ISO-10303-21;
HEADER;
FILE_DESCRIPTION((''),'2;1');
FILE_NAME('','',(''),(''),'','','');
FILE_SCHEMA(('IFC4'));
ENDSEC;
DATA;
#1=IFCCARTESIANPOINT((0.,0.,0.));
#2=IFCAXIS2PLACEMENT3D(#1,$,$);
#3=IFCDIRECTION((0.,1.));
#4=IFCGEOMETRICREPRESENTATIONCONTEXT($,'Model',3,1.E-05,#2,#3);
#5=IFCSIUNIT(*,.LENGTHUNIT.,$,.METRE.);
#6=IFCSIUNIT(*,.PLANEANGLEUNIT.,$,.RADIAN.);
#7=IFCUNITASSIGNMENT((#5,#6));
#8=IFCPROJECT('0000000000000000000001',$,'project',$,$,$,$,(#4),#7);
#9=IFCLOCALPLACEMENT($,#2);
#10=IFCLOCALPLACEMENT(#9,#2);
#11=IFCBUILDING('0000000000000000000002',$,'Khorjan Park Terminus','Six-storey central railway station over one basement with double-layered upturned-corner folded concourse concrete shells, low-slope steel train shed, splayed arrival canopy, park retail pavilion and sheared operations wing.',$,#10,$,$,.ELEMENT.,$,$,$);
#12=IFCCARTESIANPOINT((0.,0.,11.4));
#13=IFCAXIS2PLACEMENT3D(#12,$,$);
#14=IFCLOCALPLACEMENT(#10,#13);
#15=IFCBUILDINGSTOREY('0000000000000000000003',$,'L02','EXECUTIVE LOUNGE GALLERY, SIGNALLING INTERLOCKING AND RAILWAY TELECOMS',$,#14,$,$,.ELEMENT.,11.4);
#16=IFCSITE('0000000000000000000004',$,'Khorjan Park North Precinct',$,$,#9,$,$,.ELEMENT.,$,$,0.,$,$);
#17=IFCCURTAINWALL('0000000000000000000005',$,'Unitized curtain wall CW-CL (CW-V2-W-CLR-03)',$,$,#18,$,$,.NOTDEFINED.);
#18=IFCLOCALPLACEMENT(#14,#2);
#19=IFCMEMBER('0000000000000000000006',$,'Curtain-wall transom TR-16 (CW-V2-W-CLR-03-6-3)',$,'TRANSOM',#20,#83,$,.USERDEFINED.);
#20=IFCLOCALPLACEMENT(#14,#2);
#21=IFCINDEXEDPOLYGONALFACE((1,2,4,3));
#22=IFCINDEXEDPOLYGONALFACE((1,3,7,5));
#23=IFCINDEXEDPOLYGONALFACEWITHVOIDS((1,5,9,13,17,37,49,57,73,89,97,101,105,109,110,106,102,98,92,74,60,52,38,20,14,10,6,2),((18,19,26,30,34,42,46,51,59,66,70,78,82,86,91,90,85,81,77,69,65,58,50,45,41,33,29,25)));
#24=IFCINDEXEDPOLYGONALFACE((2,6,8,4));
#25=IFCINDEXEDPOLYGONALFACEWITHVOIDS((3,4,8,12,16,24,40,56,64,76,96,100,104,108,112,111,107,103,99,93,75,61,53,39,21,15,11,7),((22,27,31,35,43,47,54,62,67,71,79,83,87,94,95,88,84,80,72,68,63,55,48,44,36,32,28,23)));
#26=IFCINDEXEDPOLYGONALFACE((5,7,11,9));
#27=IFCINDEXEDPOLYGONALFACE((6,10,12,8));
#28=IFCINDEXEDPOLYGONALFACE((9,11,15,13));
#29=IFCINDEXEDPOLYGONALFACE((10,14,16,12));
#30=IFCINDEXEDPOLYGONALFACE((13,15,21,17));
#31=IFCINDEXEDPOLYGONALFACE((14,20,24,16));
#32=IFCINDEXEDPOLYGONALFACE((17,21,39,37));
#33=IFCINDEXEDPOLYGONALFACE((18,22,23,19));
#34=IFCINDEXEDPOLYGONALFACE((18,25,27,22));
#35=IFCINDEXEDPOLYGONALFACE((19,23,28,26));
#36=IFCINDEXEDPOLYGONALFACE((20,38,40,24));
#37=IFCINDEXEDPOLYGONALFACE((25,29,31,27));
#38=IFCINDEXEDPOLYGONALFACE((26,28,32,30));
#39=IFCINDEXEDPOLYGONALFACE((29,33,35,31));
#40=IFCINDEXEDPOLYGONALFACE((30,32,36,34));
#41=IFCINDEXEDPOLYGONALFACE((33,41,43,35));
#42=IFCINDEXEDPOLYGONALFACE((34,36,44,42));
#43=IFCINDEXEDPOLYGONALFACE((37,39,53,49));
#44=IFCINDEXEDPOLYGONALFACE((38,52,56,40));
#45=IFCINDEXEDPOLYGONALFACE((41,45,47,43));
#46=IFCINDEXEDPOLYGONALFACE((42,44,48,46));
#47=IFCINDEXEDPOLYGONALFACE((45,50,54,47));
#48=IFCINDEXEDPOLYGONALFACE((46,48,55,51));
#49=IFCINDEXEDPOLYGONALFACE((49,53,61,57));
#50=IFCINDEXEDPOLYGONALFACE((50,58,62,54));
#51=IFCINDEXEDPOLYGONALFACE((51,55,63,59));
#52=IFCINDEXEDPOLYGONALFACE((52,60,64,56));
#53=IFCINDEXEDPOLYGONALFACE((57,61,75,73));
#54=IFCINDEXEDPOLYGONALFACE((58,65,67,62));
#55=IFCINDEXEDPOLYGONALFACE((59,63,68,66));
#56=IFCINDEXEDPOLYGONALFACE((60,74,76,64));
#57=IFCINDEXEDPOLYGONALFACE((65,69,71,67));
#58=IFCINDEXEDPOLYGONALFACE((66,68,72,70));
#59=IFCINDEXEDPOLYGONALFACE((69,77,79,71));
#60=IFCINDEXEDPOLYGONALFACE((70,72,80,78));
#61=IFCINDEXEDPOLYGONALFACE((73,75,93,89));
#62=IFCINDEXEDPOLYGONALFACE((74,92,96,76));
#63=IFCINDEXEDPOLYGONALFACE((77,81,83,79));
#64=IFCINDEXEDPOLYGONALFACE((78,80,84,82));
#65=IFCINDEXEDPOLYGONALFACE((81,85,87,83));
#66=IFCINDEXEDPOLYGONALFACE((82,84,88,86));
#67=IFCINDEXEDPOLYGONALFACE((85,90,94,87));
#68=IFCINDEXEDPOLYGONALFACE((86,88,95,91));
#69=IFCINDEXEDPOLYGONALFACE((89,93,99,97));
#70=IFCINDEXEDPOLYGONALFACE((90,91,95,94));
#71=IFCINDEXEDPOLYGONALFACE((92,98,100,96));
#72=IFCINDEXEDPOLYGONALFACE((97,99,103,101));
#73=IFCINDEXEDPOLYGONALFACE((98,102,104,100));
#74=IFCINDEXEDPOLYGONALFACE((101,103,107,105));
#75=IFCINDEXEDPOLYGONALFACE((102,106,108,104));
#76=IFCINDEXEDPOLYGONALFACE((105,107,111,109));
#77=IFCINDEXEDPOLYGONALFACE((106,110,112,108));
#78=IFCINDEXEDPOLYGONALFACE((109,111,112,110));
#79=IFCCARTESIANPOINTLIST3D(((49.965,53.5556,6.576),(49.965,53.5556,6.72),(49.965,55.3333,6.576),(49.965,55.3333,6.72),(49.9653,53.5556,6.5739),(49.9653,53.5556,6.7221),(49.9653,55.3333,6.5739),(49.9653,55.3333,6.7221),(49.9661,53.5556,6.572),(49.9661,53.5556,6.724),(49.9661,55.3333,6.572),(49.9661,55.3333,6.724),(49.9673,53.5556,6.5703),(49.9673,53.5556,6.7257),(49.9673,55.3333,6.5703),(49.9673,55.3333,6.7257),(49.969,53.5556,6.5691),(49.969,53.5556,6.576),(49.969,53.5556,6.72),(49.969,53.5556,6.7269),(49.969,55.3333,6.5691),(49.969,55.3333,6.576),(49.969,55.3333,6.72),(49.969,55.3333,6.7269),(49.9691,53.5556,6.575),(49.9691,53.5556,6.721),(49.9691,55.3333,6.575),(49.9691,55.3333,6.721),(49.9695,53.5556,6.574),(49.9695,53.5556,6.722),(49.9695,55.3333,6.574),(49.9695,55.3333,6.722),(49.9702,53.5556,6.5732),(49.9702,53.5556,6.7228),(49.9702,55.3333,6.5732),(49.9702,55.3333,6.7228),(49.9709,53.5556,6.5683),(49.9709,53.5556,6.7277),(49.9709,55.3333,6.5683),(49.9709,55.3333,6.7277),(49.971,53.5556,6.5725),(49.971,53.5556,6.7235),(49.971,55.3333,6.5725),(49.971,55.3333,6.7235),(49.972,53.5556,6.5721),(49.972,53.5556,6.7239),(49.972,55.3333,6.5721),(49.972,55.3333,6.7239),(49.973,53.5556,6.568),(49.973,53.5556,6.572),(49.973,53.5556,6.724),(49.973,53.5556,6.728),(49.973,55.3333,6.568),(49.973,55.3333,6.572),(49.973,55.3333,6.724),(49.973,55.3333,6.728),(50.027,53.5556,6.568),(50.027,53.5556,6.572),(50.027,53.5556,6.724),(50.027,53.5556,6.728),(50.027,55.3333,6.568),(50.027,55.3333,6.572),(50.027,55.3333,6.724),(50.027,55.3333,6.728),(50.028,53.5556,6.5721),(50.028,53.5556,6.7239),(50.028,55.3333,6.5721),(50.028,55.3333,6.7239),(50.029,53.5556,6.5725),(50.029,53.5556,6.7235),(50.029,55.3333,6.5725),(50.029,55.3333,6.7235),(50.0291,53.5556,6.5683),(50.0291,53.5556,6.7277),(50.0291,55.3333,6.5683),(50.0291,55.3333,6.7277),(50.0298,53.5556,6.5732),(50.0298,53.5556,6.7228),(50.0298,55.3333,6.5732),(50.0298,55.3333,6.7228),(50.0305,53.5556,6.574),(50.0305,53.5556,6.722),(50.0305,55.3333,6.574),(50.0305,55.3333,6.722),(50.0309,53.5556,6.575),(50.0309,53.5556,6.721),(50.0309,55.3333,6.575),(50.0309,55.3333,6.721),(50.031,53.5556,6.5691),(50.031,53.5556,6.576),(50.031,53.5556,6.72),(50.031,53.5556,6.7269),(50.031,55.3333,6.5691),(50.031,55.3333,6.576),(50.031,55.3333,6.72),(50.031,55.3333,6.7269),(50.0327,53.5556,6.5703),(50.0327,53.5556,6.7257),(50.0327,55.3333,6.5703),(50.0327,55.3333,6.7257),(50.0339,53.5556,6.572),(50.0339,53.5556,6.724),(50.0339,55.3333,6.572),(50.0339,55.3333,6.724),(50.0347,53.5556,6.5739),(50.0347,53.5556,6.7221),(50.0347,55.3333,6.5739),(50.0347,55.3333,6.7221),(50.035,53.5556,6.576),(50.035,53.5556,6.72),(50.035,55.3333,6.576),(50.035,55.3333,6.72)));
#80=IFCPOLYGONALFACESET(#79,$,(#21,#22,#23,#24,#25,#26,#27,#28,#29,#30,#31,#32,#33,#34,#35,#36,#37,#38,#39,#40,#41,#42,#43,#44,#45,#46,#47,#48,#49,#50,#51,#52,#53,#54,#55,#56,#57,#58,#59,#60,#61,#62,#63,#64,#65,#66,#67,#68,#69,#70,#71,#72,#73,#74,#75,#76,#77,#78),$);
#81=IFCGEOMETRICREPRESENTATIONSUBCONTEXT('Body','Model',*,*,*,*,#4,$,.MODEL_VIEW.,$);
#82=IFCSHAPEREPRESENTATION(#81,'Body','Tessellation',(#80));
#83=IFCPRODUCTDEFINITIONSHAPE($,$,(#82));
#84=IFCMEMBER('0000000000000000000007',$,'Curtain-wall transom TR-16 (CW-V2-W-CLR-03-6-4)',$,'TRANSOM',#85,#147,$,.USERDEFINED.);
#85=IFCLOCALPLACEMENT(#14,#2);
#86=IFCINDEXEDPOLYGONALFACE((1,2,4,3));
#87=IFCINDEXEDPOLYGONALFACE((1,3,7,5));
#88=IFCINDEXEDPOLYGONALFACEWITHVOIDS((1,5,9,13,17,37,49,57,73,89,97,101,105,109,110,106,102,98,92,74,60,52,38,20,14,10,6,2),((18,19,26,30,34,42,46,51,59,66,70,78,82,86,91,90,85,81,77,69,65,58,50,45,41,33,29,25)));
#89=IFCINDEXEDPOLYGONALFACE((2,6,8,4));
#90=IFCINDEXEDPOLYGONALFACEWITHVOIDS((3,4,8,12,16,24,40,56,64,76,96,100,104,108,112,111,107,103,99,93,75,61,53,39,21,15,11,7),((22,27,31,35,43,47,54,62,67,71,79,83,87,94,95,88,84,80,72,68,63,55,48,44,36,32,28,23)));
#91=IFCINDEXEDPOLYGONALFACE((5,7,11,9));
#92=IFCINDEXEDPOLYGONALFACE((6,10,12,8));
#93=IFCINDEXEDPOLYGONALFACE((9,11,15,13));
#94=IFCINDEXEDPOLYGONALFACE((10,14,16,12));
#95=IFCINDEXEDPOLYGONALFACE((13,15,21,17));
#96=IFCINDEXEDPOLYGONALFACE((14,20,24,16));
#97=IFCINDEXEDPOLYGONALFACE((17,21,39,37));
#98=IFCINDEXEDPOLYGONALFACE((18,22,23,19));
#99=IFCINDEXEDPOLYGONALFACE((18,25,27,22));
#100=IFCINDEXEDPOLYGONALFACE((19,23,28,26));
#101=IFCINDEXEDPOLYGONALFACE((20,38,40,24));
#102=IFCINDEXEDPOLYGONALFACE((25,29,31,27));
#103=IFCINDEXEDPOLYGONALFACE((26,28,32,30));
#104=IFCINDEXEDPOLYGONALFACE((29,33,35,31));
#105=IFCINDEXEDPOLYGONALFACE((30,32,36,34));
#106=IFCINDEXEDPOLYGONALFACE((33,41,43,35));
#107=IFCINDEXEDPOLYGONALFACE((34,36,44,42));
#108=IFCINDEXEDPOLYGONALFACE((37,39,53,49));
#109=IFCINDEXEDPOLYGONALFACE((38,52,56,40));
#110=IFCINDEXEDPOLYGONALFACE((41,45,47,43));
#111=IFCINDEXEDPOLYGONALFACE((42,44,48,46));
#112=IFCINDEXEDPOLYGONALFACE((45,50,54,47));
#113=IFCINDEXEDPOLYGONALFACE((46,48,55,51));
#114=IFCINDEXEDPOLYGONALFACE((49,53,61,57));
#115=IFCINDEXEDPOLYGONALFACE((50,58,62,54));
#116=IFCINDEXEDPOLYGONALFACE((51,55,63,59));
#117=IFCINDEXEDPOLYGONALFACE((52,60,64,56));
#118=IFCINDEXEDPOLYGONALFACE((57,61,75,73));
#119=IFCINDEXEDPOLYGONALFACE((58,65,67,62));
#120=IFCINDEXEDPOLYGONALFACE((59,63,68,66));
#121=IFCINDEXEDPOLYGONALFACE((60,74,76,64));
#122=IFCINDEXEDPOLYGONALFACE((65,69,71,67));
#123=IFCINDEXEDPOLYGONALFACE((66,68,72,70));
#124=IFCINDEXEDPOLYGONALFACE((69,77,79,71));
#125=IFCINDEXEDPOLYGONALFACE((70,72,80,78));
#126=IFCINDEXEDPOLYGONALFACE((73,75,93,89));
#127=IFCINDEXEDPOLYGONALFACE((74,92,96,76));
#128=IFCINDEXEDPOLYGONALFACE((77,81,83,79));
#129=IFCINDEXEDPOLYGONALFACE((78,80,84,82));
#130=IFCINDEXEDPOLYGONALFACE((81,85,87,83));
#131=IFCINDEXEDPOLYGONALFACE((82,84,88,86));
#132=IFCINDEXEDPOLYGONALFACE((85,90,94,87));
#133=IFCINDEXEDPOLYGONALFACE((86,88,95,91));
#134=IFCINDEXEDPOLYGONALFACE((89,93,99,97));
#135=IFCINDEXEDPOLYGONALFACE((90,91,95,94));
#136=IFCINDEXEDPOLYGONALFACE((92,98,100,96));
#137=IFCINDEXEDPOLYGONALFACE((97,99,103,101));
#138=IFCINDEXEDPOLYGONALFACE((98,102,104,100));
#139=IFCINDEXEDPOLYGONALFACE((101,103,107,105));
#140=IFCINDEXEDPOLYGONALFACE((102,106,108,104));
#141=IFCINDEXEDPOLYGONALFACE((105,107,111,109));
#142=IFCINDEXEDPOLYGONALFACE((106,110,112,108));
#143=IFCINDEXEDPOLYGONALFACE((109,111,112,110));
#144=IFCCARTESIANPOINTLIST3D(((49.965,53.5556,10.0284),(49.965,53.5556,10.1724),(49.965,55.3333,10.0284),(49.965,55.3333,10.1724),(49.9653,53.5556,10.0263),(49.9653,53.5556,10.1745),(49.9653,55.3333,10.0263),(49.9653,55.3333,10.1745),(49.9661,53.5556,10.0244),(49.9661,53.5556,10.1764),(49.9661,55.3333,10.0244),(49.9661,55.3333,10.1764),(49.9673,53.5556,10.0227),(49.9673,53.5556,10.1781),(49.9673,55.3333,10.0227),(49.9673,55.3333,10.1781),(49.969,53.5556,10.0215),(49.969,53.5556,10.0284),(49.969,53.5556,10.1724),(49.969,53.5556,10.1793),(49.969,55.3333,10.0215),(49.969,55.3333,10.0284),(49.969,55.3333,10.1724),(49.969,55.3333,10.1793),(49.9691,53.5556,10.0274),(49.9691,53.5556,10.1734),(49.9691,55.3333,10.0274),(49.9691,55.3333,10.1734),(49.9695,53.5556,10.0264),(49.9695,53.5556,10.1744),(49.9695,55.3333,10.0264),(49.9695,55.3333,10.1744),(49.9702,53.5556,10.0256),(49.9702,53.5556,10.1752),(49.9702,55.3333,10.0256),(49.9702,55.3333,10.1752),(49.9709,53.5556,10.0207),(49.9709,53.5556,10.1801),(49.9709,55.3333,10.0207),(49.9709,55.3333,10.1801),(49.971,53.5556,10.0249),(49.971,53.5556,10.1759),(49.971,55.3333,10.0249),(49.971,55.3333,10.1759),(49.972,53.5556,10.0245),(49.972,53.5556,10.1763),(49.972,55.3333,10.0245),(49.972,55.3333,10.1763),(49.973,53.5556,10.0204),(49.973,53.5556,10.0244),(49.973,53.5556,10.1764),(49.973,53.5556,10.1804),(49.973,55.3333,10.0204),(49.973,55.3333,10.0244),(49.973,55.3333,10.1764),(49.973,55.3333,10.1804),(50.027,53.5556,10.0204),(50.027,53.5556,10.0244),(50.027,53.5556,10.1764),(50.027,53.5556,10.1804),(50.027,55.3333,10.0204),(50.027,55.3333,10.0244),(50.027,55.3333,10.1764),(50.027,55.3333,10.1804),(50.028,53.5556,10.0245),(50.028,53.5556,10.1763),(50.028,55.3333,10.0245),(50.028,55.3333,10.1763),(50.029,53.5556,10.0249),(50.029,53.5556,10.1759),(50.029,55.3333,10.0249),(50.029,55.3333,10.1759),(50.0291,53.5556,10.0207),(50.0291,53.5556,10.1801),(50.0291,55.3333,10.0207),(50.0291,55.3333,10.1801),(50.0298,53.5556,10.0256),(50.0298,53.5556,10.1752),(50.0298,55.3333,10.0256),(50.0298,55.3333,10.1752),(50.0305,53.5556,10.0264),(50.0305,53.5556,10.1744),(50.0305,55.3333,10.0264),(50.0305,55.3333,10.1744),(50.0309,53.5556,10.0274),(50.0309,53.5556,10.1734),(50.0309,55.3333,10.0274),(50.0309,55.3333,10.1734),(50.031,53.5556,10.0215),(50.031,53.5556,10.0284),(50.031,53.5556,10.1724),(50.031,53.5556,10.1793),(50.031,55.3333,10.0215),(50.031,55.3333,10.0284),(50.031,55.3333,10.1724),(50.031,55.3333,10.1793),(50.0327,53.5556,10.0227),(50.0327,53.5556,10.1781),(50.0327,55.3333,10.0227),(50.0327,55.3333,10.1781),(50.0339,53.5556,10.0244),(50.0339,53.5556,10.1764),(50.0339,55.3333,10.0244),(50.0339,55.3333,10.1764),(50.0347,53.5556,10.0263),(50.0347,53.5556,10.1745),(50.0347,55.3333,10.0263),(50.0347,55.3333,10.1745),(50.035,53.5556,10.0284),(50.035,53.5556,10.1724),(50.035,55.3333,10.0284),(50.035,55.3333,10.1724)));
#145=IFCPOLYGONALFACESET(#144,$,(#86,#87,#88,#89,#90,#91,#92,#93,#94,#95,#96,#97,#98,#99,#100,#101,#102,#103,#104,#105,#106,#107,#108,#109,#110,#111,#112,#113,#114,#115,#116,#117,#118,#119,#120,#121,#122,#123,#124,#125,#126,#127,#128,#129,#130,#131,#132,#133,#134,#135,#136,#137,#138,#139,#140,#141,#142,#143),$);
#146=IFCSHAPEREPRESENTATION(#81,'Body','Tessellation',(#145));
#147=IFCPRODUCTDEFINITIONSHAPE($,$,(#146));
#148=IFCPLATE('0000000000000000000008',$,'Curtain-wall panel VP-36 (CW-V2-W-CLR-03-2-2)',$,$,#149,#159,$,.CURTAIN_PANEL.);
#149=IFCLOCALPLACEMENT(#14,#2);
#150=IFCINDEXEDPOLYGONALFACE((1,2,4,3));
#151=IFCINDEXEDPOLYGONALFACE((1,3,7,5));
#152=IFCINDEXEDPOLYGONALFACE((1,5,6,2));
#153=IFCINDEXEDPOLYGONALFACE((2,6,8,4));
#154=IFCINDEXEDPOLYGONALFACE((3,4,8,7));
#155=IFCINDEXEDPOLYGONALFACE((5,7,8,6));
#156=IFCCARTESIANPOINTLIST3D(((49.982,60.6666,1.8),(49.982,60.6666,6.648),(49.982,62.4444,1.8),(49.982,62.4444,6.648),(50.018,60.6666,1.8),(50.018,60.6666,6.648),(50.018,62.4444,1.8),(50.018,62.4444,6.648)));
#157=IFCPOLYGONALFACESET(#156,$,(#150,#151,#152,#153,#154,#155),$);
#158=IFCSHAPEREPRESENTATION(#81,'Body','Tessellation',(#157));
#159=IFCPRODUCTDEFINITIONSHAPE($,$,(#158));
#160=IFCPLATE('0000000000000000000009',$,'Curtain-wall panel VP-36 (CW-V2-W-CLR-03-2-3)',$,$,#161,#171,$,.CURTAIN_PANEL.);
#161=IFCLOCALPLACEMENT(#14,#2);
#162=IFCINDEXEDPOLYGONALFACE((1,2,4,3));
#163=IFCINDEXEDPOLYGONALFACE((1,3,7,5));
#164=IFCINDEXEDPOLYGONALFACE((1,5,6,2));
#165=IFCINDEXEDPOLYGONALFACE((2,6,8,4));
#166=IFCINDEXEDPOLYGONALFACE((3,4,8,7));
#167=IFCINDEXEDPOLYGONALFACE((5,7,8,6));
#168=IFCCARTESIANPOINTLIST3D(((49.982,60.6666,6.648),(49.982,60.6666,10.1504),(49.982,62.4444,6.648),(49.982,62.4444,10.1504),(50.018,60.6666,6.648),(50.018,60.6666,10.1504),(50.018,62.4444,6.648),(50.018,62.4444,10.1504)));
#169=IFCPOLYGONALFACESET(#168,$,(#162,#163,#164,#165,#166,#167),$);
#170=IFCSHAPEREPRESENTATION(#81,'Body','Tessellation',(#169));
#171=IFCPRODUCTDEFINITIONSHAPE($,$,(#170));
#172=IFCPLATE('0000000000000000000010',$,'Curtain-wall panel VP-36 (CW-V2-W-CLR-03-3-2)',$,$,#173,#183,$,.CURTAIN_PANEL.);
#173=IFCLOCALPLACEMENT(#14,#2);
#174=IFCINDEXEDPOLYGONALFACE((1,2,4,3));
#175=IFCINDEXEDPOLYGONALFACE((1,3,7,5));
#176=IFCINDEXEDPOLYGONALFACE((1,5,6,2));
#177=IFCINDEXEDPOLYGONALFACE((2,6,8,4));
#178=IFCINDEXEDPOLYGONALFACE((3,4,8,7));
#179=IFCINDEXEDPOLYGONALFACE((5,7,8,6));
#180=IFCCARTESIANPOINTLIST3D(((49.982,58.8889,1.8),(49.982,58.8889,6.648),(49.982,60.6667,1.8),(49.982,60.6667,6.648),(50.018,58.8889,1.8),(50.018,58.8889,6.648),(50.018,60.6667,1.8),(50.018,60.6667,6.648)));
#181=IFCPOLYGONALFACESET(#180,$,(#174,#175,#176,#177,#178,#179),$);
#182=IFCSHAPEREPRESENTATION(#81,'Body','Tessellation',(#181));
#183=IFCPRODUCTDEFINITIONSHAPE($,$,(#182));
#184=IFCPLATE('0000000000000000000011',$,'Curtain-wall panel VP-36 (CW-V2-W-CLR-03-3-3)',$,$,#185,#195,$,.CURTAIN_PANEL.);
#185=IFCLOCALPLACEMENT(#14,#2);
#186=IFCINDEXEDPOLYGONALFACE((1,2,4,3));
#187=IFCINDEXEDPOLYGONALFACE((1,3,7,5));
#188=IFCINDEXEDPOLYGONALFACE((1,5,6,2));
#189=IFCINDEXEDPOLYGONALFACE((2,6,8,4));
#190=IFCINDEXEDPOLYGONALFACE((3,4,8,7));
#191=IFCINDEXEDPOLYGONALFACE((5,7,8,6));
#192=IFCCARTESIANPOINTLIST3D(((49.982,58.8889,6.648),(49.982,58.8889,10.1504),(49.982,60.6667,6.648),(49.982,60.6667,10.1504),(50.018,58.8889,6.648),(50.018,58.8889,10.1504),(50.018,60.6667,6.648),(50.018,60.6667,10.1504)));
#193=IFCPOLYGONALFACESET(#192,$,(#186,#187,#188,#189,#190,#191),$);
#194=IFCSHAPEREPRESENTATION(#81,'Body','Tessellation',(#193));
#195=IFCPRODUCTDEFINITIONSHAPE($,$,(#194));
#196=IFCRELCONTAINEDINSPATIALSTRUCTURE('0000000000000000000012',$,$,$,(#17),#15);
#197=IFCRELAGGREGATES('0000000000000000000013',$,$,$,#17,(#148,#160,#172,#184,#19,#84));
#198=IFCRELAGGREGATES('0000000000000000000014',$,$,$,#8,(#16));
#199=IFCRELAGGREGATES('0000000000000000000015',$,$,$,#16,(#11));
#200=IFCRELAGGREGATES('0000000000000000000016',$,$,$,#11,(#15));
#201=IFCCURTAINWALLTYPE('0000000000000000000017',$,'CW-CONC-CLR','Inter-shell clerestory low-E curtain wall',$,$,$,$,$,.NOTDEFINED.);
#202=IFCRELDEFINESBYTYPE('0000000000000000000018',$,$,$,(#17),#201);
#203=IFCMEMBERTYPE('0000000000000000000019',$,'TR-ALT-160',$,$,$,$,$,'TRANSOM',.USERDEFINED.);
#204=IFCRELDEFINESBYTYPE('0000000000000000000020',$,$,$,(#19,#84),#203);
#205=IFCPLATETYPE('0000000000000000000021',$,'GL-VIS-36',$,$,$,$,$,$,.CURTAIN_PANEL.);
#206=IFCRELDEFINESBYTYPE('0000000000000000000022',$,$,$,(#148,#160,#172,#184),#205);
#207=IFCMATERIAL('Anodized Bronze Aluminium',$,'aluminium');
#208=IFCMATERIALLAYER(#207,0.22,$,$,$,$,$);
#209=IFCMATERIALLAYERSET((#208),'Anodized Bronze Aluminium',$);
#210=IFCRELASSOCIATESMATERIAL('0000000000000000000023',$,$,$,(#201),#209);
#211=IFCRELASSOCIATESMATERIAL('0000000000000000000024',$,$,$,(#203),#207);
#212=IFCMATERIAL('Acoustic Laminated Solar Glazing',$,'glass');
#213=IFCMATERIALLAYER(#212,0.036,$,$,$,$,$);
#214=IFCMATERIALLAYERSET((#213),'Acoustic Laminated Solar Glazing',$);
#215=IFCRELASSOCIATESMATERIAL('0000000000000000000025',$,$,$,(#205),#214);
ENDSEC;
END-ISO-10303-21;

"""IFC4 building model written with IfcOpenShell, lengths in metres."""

from ifc_helpers import new_model, si_unit, direction, frame, origin, origin_2d, place, context, subcontext, project, spatial, rectangle, hollow_rectangle, extrude, material, layer, layer_set, material_profile, profile_set, type_object, element, aggregate, save


model = new_model("IFC4")

# Units and contexts
model_context = context("Model", 3, precision=1e-05, world=origin(), true_north=direction((0.0, 1.0)))
body_context = subcontext(model_context, "Body", "Model", "MODEL_VIEW")
ifc_project = project(units=[si_unit("LENGTHUNIT", "METRE"), si_unit("PLANEANGLEUNIT", "RADIAN")], contexts=[model_context])

# Site, building, storey
site_placement = place(None, origin())
site = spatial("IfcSite", under=ifc_project, at=site_placement, Name="Khorjan Park North Precinct", CompositionType="ELEMENT", RefElevation=0.0)
building_placement = place(site_placement, origin())
building = spatial("IfcBuilding", under=site, at=building_placement, Name="Khorjan Park Terminus", Description="Six-storey central railway station over one basement with double-layered upturned-corner folded concourse concrete shells, low-slope steel train shed, splayed arrival canopy, park retail pavilion and sheared operations wing.", CompositionType="ELEMENT")
storey_placement = place(building_placement, frame((0.0, 0.0, 11.4)))
storey = spatial("IfcBuildingStorey", under=building, at=storey_placement, Name="L02", Description="EXECUTIVE LOUNGE GALLERY, SIGNALLING INTERLOCKING AND RAILWAY TELECOMS", CompositionType="ELEMENT", Elevation=11.4)

# Curtain wall, members, plates
ifc_material_1 = material(Name="Anodized Bronze Aluminium", Category="aluminium")
ifc_layer_1 = layer(ifc_material_1, 0.22)
ifc_layer_set_1 = layer_set([ifc_layer_1], Name="Anodized Bronze Aluminium")
curtain_wall_type = type_object("IfcCurtainWallType", Name="CW-CONC-CLR", Description="Inter-shell clerestory low-E curtain wall", PredefinedType="NOTDEFINED", material=ifc_layer_set_1)
curtain_wall_placement = place(storey_placement, origin())
curtain_wall = element("IfcCurtainWall", 1, at=curtain_wall_placement, inside=storey, type_object=curtain_wall_type, Name="Unitized curtain wall CW-CL (CW-V2-W-CLR-03)", PredefinedType="NOTDEFINED")
ifc_material_profile_1 = material_profile(ifc_material_1, hollow_rectangle(XDim=0.07, YDim=0.16, WallThickness=0.004, InnerFilletRadius=0.004, OuterFilletRadius=0.008, at=origin_2d()), Name="ALT 70x160x4")
ifc_profile_set_1 = profile_set([ifc_material_profile_1], Name="Anodized Bronze Aluminium")
member_type_1 = type_object("IfcMemberType", Name="TR-ALT-160", ElementType="TRANSOM", PredefinedType="USERDEFINED", material=ifc_profile_set_1)
member_1_placement = place(storey_placement, frame((50.0, 55.3333, 6.648), z_axis=(0.0, -1.0, 0.0), x_axis=(1.0, 0.0, 0.0)))
member_1 = element("IfcMember", 2, at=member_1_placement, type_object=member_type_1, Name="Curtain-wall transom TR-16 (CW-V2-W-CLR-03-6-3)", ObjectType="TRANSOM", PredefinedType="USERDEFINED", context=body_context, shape_type="SweptSolid", body=[
    extrude(hollow_rectangle(XDim=0.07, YDim=0.16, WallThickness=0.004, InnerFilletRadius=0.004, OuterFilletRadius=0.008, at=origin_2d()), origin(), (0.0, 0.0, 1.0), 1.7777),
])
member_2_placement = place(storey_placement, frame((50.0, 55.3333, 10.1004), z_axis=(0.0, -1.0, 0.0), x_axis=(1.0, 0.0, 0.0)))
member_2 = element("IfcMember", 3, at=member_2_placement, type_object=member_type_1, Name="Curtain-wall transom TR-16 (CW-V2-W-CLR-03-6-4)", ObjectType="TRANSOM", PredefinedType="USERDEFINED", context=body_context, shape_type="SweptSolid", body=[
    extrude(hollow_rectangle(XDim=0.07, YDim=0.16, WallThickness=0.004, InnerFilletRadius=0.004, OuterFilletRadius=0.008, at=origin_2d()), origin(), (0.0, 0.0, 1.0), 1.7777),
])
ifc_material_2 = material(Name="Acoustic Laminated Solar Glazing", Category="glass")
ifc_layer_2 = layer(ifc_material_2, 0.036)
ifc_layer_set_2 = layer_set([ifc_layer_2], Name="Acoustic Laminated Solar Glazing")
plate_type_1 = type_object("IfcPlateType", Name="GL-VIS-36", PredefinedType="CURTAIN_PANEL", material=ifc_layer_set_2)
plate_1_placement = place(storey_placement, frame((50.0, 61.5555, 1.8), z_axis=(0.0, 0.0, 1.0), x_axis=(0.0, -1.0, 0.0)))
plate_1 = element("IfcPlate", 4, at=plate_1_placement, type_object=plate_type_1, Name="Curtain-wall panel VP-36 (CW-V2-W-CLR-03-2-2)", PredefinedType="CURTAIN_PANEL", context=body_context, shape_type="SweptSolid", body=[
    extrude(rectangle(XDim=1.7778, YDim=0.036, at=origin_2d()), origin(), (0.0, 0.0, 1.0), 4.848),
])
plate_2_placement = place(storey_placement, frame((50.0, 61.5555, 6.648), z_axis=(0.0, 0.0, 1.0), x_axis=(0.0, -1.0, 0.0)))
plate_2 = element("IfcPlate", 5, at=plate_2_placement, type_object=plate_type_1, Name="Curtain-wall panel VP-36 (CW-V2-W-CLR-03-2-3)", PredefinedType="CURTAIN_PANEL", context=body_context, shape_type="SweptSolid", body=[
    extrude(rectangle(XDim=1.7778, YDim=0.036, at=origin_2d()), origin(), (0.0, 0.0, 1.0), 3.5024),
])
plate_3_placement = place(storey_placement, frame((50.0, 59.7778, 1.8), z_axis=(0.0, 0.0, 1.0), x_axis=(0.0, -1.0, 0.0)))
plate_3 = element("IfcPlate", 6, at=plate_3_placement, type_object=plate_type_1, Name="Curtain-wall panel VP-36 (CW-V2-W-CLR-03-3-2)", PredefinedType="CURTAIN_PANEL", context=body_context, shape_type="SweptSolid", body=[
    extrude(rectangle(XDim=1.7778, YDim=0.036, at=origin_2d()), origin(), (0.0, 0.0, 1.0), 4.848),
])
plate_4_placement = place(storey_placement, frame((50.0, 59.7778, 6.648), z_axis=(0.0, 0.0, 1.0), x_axis=(0.0, -1.0, 0.0)))
plate_4 = element("IfcPlate", 7, at=plate_4_placement, type_object=plate_type_1, Name="Curtain-wall panel VP-36 (CW-V2-W-CLR-03-3-3)", PredefinedType="CURTAIN_PANEL", context=body_context, shape_type="SweptSolid", body=[
    extrude(rectangle(XDim=1.7778, YDim=0.036, at=origin_2d()), origin(), (0.0, 0.0, 1.0), 3.5024),
])
aggregate(curtain_wall, [plate_1, plate_2, plate_3, plate_4, member_1, member_2])

save(model, "model.ifc")
